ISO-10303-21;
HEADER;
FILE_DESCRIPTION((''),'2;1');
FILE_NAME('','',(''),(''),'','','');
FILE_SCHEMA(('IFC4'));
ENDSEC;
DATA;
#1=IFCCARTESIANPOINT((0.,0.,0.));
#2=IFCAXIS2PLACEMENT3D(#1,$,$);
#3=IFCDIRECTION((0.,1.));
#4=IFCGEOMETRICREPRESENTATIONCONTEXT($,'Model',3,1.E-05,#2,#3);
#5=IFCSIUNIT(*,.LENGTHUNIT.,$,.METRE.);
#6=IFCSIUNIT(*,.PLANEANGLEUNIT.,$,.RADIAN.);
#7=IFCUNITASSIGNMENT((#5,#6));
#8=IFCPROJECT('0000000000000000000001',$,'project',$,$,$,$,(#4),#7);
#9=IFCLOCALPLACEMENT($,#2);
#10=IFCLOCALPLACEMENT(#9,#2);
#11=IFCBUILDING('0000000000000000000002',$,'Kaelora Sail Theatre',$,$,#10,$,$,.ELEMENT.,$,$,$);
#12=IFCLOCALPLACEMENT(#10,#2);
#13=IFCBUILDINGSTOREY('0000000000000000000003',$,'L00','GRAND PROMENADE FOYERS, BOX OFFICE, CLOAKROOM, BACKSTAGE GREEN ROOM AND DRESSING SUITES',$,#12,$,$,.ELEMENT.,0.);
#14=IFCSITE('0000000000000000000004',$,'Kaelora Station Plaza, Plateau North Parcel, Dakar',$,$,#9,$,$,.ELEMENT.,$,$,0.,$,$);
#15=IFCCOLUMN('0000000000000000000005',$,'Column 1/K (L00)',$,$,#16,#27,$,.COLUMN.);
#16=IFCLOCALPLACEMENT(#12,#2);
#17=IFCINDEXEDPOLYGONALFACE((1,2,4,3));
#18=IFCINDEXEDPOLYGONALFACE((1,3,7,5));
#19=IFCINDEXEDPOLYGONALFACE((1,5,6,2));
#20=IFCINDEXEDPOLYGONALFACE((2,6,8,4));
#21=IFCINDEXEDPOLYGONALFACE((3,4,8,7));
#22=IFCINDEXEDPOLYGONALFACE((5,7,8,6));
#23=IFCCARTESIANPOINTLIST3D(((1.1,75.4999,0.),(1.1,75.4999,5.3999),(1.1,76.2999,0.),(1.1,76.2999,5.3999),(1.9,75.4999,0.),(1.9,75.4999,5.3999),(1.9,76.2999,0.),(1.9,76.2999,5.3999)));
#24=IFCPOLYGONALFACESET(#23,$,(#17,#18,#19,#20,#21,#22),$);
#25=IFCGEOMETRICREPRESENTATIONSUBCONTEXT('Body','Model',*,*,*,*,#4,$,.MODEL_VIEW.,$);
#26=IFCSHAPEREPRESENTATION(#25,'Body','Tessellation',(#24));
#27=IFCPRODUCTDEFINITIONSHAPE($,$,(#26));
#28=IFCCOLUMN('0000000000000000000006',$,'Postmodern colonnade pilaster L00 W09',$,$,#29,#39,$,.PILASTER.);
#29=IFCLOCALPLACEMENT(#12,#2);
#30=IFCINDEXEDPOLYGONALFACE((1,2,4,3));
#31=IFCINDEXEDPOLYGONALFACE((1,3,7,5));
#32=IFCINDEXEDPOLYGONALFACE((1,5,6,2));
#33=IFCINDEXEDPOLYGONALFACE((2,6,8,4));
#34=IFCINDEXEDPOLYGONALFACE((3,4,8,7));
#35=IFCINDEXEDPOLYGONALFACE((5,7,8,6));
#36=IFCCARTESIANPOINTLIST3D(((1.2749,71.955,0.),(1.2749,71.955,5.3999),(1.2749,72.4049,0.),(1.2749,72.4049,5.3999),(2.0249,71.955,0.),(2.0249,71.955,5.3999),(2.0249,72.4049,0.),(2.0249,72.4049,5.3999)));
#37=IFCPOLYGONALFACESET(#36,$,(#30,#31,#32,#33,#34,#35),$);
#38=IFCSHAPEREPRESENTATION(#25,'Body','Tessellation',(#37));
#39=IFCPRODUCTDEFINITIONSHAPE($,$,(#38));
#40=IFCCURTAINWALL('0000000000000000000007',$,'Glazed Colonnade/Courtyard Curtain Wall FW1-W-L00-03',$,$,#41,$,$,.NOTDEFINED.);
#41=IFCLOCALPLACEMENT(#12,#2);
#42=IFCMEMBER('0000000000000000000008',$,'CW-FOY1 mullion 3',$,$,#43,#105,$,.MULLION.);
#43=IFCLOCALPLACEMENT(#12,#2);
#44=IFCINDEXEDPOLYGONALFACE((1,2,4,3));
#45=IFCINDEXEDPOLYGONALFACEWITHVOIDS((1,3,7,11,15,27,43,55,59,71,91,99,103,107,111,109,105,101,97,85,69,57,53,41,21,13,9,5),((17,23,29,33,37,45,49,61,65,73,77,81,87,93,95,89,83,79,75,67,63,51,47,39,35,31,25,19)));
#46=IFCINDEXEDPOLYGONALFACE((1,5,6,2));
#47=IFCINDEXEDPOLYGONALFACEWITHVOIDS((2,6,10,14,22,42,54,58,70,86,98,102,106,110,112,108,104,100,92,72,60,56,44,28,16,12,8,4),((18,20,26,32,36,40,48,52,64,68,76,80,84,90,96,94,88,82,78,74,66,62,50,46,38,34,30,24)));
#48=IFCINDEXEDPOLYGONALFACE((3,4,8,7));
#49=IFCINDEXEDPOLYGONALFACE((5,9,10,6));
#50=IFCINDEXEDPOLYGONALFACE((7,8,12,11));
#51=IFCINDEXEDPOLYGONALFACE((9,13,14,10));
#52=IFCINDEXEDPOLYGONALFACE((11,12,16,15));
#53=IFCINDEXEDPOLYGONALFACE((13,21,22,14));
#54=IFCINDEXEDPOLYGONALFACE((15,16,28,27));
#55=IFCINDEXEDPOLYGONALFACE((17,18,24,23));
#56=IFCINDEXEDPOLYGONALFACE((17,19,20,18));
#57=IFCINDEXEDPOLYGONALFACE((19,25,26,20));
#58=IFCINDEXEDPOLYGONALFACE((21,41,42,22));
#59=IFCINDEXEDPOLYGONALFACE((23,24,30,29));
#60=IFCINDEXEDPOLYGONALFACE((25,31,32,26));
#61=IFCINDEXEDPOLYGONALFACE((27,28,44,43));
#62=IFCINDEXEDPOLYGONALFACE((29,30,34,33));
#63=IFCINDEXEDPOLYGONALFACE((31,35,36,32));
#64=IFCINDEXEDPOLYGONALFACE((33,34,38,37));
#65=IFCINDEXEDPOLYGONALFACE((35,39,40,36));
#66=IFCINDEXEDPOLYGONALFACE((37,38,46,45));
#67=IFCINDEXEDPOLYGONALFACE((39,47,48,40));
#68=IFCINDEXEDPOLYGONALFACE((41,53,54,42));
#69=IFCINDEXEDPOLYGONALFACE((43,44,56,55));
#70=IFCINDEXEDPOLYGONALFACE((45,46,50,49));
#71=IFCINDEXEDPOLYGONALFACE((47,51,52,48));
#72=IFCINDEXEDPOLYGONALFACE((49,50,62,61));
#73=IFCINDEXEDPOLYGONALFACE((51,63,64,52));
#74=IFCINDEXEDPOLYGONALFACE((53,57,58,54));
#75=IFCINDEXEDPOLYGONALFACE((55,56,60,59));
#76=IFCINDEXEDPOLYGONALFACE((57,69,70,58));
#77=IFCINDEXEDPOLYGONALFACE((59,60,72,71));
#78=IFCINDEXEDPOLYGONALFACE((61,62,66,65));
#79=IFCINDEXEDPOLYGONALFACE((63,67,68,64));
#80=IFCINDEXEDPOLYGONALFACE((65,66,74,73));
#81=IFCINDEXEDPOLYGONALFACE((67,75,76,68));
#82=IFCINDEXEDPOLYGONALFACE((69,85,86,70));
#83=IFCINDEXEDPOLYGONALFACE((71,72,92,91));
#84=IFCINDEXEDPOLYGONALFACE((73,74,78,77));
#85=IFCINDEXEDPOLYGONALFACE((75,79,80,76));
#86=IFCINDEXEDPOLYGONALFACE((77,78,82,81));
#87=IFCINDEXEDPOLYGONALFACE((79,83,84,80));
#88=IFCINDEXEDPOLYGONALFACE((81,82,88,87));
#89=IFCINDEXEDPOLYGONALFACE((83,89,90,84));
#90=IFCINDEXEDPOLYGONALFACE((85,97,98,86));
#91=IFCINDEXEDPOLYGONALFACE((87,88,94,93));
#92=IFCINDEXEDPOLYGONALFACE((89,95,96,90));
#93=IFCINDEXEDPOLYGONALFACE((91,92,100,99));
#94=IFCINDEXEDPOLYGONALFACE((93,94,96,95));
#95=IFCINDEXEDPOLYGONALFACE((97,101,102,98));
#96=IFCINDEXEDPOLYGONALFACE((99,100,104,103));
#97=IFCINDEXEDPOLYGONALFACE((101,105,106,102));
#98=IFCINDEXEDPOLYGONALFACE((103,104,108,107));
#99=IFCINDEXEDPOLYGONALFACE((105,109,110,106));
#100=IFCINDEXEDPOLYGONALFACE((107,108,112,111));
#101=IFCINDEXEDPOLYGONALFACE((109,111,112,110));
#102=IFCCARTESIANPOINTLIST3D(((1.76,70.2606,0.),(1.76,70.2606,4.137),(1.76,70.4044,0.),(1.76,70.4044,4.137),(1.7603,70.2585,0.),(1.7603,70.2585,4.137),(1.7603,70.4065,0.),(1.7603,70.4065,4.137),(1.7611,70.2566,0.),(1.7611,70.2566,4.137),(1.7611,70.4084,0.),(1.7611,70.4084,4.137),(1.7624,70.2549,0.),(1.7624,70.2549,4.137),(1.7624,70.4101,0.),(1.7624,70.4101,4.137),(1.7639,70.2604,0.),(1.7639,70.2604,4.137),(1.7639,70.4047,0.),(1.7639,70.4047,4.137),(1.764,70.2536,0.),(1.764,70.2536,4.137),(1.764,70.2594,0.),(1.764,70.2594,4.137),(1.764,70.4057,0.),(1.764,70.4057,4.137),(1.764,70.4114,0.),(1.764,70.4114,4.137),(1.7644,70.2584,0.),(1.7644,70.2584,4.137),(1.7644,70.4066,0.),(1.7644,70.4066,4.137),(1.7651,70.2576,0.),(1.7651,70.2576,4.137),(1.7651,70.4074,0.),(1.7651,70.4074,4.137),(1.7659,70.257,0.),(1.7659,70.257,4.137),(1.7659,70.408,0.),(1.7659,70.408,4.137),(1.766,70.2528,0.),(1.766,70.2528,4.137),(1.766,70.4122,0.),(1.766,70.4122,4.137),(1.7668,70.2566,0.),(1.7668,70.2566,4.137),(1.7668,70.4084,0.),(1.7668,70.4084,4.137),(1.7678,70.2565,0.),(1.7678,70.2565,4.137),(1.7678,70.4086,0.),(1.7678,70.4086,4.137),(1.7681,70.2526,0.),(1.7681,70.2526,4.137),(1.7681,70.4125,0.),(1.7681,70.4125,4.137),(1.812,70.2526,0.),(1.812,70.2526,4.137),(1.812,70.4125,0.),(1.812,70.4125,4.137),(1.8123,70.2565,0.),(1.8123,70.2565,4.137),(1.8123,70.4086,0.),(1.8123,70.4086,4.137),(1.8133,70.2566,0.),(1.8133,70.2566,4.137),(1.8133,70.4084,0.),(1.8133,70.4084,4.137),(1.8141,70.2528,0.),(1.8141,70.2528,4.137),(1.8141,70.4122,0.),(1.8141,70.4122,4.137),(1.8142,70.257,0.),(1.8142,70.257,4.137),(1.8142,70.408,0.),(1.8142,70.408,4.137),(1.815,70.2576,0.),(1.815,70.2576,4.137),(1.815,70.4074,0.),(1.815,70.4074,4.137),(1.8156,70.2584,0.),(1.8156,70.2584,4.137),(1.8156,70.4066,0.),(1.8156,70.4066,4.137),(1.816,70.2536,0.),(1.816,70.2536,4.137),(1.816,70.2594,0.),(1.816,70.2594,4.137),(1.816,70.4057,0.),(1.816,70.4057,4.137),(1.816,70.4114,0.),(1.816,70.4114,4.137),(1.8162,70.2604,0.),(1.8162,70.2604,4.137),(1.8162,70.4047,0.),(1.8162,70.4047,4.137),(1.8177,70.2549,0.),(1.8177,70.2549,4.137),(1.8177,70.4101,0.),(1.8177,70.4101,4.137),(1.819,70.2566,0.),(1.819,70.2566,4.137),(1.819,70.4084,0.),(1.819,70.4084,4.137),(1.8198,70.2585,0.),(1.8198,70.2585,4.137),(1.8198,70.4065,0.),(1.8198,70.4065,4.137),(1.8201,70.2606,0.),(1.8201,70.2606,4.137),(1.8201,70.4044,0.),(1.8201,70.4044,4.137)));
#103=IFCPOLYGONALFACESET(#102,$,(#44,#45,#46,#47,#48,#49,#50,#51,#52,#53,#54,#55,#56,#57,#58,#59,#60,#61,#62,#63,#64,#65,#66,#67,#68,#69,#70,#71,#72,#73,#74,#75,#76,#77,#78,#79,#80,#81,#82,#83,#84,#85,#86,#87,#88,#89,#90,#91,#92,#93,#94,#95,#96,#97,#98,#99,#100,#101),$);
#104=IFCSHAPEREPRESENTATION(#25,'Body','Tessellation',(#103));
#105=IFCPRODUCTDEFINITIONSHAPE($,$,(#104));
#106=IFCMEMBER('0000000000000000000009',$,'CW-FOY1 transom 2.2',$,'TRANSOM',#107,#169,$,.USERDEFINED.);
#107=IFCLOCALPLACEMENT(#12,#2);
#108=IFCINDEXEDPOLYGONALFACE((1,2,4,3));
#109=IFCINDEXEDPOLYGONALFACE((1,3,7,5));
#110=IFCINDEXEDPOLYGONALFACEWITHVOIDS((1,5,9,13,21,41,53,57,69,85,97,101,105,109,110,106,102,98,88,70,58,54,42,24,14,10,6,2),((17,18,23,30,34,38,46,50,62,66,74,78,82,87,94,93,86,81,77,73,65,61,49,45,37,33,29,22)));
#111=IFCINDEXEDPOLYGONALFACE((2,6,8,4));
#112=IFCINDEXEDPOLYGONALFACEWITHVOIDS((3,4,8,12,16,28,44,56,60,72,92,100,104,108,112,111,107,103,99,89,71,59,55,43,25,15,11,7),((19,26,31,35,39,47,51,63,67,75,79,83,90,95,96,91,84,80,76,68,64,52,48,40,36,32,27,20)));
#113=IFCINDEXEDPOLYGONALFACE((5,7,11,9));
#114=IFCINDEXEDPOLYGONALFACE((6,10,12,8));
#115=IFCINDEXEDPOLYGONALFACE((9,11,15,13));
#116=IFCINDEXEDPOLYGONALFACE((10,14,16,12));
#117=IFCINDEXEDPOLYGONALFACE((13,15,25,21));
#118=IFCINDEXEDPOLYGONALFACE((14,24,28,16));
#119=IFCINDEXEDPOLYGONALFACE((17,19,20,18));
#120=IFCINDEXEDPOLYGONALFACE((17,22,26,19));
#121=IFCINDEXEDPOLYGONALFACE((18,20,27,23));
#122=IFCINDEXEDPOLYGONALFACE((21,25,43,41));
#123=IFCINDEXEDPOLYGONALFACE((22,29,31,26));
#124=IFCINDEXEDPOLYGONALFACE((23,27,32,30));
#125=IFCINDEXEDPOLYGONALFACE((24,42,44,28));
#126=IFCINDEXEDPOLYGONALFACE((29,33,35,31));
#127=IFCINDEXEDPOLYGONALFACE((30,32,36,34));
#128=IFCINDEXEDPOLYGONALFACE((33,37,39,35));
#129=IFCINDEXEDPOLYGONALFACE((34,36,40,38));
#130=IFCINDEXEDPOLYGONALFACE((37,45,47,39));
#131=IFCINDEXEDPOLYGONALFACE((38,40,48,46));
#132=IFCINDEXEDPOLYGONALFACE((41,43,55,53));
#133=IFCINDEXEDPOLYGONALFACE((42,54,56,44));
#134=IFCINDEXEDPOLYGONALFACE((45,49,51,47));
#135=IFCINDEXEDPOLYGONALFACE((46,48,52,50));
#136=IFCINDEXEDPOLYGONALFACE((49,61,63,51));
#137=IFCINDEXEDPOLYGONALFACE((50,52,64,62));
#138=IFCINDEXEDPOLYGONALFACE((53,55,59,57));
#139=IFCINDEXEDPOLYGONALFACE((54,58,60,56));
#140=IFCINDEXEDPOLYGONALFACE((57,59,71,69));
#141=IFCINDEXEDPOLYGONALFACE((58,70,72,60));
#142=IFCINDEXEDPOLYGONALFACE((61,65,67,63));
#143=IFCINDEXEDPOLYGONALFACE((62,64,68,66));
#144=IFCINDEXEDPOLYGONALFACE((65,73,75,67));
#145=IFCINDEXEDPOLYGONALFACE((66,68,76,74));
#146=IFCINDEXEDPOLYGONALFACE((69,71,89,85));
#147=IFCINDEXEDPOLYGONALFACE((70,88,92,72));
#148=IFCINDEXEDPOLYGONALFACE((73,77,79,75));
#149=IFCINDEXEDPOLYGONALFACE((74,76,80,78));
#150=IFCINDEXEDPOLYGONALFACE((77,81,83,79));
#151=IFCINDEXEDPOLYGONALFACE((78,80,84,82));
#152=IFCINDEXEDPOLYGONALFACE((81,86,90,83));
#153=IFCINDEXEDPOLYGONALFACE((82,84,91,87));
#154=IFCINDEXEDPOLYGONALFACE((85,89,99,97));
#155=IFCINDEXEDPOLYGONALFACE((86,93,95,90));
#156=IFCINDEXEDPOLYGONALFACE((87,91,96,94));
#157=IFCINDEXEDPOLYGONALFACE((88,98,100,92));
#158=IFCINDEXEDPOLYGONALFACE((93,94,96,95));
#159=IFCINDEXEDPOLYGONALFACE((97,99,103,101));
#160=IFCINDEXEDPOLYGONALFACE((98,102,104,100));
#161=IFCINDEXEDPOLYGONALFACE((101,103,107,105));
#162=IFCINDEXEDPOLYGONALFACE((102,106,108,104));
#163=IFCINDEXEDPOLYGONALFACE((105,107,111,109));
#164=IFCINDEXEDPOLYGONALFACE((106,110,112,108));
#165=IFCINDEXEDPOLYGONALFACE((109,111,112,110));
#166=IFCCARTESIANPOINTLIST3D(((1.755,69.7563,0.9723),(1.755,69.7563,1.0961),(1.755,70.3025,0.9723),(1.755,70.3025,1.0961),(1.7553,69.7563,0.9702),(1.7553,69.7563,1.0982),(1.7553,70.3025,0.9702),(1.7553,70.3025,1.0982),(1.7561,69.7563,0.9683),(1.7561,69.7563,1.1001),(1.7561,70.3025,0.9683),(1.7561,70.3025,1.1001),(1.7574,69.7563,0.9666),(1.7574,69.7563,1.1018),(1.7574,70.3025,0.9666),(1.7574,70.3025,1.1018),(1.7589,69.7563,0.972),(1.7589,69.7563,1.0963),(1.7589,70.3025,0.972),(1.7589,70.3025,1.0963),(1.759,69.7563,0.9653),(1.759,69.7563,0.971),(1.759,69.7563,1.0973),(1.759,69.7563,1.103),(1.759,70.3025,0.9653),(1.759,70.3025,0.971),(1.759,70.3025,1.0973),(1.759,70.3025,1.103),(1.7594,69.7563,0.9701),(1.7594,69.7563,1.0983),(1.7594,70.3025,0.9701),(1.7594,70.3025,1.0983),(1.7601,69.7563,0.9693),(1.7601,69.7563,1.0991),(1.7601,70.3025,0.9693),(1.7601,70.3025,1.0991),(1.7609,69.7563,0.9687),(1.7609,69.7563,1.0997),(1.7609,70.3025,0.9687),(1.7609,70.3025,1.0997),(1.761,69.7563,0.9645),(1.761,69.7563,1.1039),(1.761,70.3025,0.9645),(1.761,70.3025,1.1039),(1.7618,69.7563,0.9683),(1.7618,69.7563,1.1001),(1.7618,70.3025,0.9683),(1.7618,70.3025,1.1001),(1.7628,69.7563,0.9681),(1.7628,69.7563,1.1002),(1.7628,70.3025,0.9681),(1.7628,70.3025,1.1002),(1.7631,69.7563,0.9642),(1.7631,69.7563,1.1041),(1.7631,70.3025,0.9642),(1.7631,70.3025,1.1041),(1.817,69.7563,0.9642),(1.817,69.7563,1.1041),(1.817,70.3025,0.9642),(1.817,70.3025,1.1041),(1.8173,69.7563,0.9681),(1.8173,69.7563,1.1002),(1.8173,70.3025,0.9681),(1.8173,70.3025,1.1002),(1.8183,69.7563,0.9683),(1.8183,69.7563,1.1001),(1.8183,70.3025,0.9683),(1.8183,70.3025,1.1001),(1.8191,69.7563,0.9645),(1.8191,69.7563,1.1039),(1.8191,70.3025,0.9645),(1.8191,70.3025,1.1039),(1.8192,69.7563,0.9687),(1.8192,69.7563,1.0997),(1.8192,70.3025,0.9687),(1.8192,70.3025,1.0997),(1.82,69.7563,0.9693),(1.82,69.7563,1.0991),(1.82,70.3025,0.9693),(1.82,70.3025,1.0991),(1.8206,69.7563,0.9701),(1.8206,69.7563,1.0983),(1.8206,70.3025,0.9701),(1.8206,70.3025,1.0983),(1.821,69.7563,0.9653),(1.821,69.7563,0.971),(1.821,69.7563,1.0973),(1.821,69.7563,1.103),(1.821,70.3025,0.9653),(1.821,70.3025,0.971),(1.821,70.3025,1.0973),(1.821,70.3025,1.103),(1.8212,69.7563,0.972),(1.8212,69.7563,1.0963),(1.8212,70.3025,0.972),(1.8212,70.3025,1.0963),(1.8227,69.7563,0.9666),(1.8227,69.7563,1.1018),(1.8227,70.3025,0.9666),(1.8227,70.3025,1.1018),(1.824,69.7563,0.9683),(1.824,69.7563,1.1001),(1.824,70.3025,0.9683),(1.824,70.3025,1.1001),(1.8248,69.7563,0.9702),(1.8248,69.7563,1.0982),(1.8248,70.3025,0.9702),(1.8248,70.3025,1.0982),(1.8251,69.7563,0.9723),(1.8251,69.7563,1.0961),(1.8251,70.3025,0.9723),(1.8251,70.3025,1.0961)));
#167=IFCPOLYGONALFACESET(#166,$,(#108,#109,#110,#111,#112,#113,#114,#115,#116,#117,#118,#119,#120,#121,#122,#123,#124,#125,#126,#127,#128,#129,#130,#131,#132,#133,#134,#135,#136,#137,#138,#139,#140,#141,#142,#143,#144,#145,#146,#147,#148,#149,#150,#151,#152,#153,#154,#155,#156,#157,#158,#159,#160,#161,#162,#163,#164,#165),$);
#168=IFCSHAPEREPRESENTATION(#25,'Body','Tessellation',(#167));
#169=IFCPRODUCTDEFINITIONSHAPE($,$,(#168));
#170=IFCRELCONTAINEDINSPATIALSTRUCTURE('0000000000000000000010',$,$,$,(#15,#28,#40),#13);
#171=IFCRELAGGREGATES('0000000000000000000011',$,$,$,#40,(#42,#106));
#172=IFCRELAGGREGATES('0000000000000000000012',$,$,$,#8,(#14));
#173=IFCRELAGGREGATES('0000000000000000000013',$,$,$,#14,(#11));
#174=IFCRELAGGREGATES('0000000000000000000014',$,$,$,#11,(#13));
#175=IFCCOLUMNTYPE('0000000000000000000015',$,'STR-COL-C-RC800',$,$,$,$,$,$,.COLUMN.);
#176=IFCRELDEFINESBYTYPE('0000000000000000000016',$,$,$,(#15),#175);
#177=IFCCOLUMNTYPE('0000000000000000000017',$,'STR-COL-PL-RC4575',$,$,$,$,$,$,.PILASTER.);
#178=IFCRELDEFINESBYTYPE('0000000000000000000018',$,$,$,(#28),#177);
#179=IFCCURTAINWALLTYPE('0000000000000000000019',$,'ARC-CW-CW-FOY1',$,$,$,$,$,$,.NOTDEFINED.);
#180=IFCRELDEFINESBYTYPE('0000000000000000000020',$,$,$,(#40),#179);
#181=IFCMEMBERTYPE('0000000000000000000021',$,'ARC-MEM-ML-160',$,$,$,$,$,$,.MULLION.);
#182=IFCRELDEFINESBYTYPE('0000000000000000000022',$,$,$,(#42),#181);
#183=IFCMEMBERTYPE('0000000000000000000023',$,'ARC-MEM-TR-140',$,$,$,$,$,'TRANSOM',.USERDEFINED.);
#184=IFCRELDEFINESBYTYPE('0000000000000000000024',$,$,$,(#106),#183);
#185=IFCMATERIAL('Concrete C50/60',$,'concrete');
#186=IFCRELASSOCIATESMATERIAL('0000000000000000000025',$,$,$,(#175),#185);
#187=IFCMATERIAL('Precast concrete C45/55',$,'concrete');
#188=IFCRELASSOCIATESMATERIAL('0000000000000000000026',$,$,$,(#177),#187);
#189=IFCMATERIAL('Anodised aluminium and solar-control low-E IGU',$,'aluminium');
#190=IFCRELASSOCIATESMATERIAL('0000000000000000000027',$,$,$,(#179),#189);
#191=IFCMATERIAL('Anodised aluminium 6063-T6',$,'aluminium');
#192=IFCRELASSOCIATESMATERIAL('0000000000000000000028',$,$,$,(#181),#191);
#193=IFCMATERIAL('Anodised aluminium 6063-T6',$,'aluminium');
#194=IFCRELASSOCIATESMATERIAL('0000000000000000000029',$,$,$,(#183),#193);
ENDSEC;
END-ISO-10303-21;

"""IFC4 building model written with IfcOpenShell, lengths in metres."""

from ifc_helpers import new_model, si_unit, direction, frame, origin, origin_2d, place, context, subcontext, project, spatial, rectangle, hollow_rectangle, extrude, material, material_profile, profile_set, type_object, element, aggregate, save


model = new_model("IFC4")

# Units and contexts
model_context = context("Model", 3, precision=1e-05, world=origin(), true_north=direction((0.0, 1.0)))
body_context = subcontext(model_context, "Body", "Model", "MODEL_VIEW")
ifc_project = project(units=[si_unit("LENGTHUNIT", "METRE"), si_unit("PLANEANGLEUNIT", "RADIAN")], contexts=[model_context])

# Site, building, storey
site_placement = place(None, origin())
site = spatial("IfcSite", under=ifc_project, at=site_placement, Name="Kaelora Station Plaza, Plateau North Parcel, Dakar", CompositionType="ELEMENT", RefElevation=0.0)
building_placement = place(site_placement, origin())
building = spatial("IfcBuilding", under=site, at=building_placement, Name="Kaelora Sail Theatre", CompositionType="ELEMENT")
storey_placement = place(building_placement, origin())
storey = spatial("IfcBuildingStorey", under=building, at=storey_placement, Name="L00", Description="GRAND PROMENADE FOYERS, BOX OFFICE, CLOAKROOM, BACKSTAGE GREEN ROOM AND DRESSING SUITES", CompositionType="ELEMENT", Elevation=0.0)

# Columns
ifc_material_1 = material(Name="Concrete C50/60", Category="concrete")
ifc_material_profile_1 = material_profile(ifc_material_1, rectangle(XDim=0.8, YDim=0.8, at=origin_2d()), Name="RC-COL 800x800")
ifc_profile_set_1 = profile_set([ifc_material_profile_1], Name="Concrete C50/60")
column_type_1 = type_object("IfcColumnType", Name="STR-COL-C-RC800", PredefinedType="COLUMN", material=ifc_profile_set_1)
column_1_placement = place(storey_placement, frame((1.5, 75.8999, 0.0), z_axis=(0.0, 0.0, 1.0), x_axis=(1.0, 0.0, 0.0)))
element("IfcColumn", 1, at=column_1_placement, inside=storey, type_object=column_type_1, Name="Column 1/K (L00)", PredefinedType="COLUMN", context=body_context, shape_type="SweptSolid", body=[
    extrude(rectangle(XDim=0.8, YDim=0.8, at=origin_2d()), origin(), (0.0, 0.0, 1.0), 5.3999),
])
ifc_material_2 = material(Name="Precast concrete C45/55", Category="concrete")
ifc_material_profile_2 = material_profile(ifc_material_2, rectangle(XDim=0.45, YDim=0.75, at=origin_2d()), Name="RC-PIL 450x750")
ifc_profile_set_2 = profile_set([ifc_material_profile_2], Name="Precast concrete C45/55")
column_type_2 = type_object("IfcColumnType", Name="STR-COL-PL-RC4575", PredefinedType="PILASTER", material=ifc_profile_set_2)
column_2_placement = place(storey_placement, frame((1.6499, 72.1799, 0.0), z_axis=(0.0, 0.0, 1.0), x_axis=(0.0, 1.0, 0.0)))
element("IfcColumn", 2, at=column_2_placement, inside=storey, type_object=column_type_2, Name="Postmodern colonnade pilaster L00 W09", PredefinedType="PILASTER", context=body_context, shape_type="SweptSolid", body=[
    extrude(rectangle(XDim=0.45, YDim=0.75, at=origin_2d()), origin(), (0.0, 0.0, 1.0), 5.3999),
])

# Curtain wall, members
ifc_material_3 = material(Name="Anodised aluminium and solar-control low-E IGU", Category="aluminium")
curtain_wall_type = type_object("IfcCurtainWallType", Name="ARC-CW-CW-FOY1", PredefinedType="NOTDEFINED", material=ifc_material_3)
curtain_wall_placement = place(storey_placement, origin())
curtain_wall = element("IfcCurtainWall", 3, at=curtain_wall_placement, inside=storey, type_object=curtain_wall_type, Name="Glazed Colonnade/Courtyard Curtain Wall FW1-W-L00-03", PredefinedType="NOTDEFINED")
ifc_material_4 = material(Name="Anodised aluminium 6063-T6", Category="aluminium")
ifc_material_profile_3 = material_profile(ifc_material_4, hollow_rectangle(XDim=0.0601, YDim=0.1599, WallThickness=0.0039, InnerFilletRadius=0.0039, OuterFilletRadius=0.0081, at=origin_2d()), Name="ALU-MULL 60x160x4")
ifc_profile_set_3 = profile_set([ifc_material_profile_3], Name="Anodised aluminium 6063-T6")
member_type_1 = type_object("IfcMemberType", Name="ARC-MEM-ML-160", PredefinedType="MULLION", material=ifc_profile_set_3)
member_1_placement = place(storey_placement, frame((1.79, 70.3325, 0.0), z_axis=(0.0, 0.0, 1.0), x_axis=(-1.0, 0.0, 0.0)))
member_1 = element("IfcMember", 4, at=member_1_placement, type_object=member_type_1, Name="CW-FOY1 mullion 3", PredefinedType="MULLION", context=body_context, shape_type="SweptSolid", body=[
    extrude(hollow_rectangle(XDim=0.0601, YDim=0.1599, WallThickness=0.0039, InnerFilletRadius=0.0039, OuterFilletRadius=0.0081, at=origin_2d()), origin(), (0.0, 0.0, 1.0), 4.137),
])
ifc_material_5 = material(Name="Anodised aluminium 6063-T6", Category="aluminium")
ifc_material_profile_4 = material_profile(ifc_material_5, hollow_rectangle(XDim=0.0701, YDim=0.1399, WallThickness=0.0039, InnerFilletRadius=0.0039, OuterFilletRadius=0.0081, at=origin_2d()), Name="ALU-TRAN 70x140x4")
ifc_profile_set_4 = profile_set([ifc_material_profile_4], Name="Anodised aluminium 6063-T6")
member_type_2 = type_object("IfcMemberType", Name="ARC-MEM-TR-140", ElementType="TRANSOM", PredefinedType="USERDEFINED", material=ifc_profile_set_4)
member_2_placement = place(storey_placement, frame((1.79, 69.7563, 1.0342), z_axis=(0.0, 1.0, 0.0), x_axis=(-1.0, 0.0, 0.0)))
member_2 = element("IfcMember", 5, at=member_2_placement, type_object=member_type_2, Name="CW-FOY1 transom 2.2", ObjectType="TRANSOM", PredefinedType="USERDEFINED", context=body_context, shape_type="SweptSolid", body=[
    extrude(hollow_rectangle(XDim=0.0701, YDim=0.1399, WallThickness=0.0039, InnerFilletRadius=0.0039, OuterFilletRadius=0.0081, at=origin_2d()), origin(), (0.0, 0.0, 1.0), 0.5461),
])

aggregate(curtain_wall, [member_1, member_2])

save(model, "model.ifc")
